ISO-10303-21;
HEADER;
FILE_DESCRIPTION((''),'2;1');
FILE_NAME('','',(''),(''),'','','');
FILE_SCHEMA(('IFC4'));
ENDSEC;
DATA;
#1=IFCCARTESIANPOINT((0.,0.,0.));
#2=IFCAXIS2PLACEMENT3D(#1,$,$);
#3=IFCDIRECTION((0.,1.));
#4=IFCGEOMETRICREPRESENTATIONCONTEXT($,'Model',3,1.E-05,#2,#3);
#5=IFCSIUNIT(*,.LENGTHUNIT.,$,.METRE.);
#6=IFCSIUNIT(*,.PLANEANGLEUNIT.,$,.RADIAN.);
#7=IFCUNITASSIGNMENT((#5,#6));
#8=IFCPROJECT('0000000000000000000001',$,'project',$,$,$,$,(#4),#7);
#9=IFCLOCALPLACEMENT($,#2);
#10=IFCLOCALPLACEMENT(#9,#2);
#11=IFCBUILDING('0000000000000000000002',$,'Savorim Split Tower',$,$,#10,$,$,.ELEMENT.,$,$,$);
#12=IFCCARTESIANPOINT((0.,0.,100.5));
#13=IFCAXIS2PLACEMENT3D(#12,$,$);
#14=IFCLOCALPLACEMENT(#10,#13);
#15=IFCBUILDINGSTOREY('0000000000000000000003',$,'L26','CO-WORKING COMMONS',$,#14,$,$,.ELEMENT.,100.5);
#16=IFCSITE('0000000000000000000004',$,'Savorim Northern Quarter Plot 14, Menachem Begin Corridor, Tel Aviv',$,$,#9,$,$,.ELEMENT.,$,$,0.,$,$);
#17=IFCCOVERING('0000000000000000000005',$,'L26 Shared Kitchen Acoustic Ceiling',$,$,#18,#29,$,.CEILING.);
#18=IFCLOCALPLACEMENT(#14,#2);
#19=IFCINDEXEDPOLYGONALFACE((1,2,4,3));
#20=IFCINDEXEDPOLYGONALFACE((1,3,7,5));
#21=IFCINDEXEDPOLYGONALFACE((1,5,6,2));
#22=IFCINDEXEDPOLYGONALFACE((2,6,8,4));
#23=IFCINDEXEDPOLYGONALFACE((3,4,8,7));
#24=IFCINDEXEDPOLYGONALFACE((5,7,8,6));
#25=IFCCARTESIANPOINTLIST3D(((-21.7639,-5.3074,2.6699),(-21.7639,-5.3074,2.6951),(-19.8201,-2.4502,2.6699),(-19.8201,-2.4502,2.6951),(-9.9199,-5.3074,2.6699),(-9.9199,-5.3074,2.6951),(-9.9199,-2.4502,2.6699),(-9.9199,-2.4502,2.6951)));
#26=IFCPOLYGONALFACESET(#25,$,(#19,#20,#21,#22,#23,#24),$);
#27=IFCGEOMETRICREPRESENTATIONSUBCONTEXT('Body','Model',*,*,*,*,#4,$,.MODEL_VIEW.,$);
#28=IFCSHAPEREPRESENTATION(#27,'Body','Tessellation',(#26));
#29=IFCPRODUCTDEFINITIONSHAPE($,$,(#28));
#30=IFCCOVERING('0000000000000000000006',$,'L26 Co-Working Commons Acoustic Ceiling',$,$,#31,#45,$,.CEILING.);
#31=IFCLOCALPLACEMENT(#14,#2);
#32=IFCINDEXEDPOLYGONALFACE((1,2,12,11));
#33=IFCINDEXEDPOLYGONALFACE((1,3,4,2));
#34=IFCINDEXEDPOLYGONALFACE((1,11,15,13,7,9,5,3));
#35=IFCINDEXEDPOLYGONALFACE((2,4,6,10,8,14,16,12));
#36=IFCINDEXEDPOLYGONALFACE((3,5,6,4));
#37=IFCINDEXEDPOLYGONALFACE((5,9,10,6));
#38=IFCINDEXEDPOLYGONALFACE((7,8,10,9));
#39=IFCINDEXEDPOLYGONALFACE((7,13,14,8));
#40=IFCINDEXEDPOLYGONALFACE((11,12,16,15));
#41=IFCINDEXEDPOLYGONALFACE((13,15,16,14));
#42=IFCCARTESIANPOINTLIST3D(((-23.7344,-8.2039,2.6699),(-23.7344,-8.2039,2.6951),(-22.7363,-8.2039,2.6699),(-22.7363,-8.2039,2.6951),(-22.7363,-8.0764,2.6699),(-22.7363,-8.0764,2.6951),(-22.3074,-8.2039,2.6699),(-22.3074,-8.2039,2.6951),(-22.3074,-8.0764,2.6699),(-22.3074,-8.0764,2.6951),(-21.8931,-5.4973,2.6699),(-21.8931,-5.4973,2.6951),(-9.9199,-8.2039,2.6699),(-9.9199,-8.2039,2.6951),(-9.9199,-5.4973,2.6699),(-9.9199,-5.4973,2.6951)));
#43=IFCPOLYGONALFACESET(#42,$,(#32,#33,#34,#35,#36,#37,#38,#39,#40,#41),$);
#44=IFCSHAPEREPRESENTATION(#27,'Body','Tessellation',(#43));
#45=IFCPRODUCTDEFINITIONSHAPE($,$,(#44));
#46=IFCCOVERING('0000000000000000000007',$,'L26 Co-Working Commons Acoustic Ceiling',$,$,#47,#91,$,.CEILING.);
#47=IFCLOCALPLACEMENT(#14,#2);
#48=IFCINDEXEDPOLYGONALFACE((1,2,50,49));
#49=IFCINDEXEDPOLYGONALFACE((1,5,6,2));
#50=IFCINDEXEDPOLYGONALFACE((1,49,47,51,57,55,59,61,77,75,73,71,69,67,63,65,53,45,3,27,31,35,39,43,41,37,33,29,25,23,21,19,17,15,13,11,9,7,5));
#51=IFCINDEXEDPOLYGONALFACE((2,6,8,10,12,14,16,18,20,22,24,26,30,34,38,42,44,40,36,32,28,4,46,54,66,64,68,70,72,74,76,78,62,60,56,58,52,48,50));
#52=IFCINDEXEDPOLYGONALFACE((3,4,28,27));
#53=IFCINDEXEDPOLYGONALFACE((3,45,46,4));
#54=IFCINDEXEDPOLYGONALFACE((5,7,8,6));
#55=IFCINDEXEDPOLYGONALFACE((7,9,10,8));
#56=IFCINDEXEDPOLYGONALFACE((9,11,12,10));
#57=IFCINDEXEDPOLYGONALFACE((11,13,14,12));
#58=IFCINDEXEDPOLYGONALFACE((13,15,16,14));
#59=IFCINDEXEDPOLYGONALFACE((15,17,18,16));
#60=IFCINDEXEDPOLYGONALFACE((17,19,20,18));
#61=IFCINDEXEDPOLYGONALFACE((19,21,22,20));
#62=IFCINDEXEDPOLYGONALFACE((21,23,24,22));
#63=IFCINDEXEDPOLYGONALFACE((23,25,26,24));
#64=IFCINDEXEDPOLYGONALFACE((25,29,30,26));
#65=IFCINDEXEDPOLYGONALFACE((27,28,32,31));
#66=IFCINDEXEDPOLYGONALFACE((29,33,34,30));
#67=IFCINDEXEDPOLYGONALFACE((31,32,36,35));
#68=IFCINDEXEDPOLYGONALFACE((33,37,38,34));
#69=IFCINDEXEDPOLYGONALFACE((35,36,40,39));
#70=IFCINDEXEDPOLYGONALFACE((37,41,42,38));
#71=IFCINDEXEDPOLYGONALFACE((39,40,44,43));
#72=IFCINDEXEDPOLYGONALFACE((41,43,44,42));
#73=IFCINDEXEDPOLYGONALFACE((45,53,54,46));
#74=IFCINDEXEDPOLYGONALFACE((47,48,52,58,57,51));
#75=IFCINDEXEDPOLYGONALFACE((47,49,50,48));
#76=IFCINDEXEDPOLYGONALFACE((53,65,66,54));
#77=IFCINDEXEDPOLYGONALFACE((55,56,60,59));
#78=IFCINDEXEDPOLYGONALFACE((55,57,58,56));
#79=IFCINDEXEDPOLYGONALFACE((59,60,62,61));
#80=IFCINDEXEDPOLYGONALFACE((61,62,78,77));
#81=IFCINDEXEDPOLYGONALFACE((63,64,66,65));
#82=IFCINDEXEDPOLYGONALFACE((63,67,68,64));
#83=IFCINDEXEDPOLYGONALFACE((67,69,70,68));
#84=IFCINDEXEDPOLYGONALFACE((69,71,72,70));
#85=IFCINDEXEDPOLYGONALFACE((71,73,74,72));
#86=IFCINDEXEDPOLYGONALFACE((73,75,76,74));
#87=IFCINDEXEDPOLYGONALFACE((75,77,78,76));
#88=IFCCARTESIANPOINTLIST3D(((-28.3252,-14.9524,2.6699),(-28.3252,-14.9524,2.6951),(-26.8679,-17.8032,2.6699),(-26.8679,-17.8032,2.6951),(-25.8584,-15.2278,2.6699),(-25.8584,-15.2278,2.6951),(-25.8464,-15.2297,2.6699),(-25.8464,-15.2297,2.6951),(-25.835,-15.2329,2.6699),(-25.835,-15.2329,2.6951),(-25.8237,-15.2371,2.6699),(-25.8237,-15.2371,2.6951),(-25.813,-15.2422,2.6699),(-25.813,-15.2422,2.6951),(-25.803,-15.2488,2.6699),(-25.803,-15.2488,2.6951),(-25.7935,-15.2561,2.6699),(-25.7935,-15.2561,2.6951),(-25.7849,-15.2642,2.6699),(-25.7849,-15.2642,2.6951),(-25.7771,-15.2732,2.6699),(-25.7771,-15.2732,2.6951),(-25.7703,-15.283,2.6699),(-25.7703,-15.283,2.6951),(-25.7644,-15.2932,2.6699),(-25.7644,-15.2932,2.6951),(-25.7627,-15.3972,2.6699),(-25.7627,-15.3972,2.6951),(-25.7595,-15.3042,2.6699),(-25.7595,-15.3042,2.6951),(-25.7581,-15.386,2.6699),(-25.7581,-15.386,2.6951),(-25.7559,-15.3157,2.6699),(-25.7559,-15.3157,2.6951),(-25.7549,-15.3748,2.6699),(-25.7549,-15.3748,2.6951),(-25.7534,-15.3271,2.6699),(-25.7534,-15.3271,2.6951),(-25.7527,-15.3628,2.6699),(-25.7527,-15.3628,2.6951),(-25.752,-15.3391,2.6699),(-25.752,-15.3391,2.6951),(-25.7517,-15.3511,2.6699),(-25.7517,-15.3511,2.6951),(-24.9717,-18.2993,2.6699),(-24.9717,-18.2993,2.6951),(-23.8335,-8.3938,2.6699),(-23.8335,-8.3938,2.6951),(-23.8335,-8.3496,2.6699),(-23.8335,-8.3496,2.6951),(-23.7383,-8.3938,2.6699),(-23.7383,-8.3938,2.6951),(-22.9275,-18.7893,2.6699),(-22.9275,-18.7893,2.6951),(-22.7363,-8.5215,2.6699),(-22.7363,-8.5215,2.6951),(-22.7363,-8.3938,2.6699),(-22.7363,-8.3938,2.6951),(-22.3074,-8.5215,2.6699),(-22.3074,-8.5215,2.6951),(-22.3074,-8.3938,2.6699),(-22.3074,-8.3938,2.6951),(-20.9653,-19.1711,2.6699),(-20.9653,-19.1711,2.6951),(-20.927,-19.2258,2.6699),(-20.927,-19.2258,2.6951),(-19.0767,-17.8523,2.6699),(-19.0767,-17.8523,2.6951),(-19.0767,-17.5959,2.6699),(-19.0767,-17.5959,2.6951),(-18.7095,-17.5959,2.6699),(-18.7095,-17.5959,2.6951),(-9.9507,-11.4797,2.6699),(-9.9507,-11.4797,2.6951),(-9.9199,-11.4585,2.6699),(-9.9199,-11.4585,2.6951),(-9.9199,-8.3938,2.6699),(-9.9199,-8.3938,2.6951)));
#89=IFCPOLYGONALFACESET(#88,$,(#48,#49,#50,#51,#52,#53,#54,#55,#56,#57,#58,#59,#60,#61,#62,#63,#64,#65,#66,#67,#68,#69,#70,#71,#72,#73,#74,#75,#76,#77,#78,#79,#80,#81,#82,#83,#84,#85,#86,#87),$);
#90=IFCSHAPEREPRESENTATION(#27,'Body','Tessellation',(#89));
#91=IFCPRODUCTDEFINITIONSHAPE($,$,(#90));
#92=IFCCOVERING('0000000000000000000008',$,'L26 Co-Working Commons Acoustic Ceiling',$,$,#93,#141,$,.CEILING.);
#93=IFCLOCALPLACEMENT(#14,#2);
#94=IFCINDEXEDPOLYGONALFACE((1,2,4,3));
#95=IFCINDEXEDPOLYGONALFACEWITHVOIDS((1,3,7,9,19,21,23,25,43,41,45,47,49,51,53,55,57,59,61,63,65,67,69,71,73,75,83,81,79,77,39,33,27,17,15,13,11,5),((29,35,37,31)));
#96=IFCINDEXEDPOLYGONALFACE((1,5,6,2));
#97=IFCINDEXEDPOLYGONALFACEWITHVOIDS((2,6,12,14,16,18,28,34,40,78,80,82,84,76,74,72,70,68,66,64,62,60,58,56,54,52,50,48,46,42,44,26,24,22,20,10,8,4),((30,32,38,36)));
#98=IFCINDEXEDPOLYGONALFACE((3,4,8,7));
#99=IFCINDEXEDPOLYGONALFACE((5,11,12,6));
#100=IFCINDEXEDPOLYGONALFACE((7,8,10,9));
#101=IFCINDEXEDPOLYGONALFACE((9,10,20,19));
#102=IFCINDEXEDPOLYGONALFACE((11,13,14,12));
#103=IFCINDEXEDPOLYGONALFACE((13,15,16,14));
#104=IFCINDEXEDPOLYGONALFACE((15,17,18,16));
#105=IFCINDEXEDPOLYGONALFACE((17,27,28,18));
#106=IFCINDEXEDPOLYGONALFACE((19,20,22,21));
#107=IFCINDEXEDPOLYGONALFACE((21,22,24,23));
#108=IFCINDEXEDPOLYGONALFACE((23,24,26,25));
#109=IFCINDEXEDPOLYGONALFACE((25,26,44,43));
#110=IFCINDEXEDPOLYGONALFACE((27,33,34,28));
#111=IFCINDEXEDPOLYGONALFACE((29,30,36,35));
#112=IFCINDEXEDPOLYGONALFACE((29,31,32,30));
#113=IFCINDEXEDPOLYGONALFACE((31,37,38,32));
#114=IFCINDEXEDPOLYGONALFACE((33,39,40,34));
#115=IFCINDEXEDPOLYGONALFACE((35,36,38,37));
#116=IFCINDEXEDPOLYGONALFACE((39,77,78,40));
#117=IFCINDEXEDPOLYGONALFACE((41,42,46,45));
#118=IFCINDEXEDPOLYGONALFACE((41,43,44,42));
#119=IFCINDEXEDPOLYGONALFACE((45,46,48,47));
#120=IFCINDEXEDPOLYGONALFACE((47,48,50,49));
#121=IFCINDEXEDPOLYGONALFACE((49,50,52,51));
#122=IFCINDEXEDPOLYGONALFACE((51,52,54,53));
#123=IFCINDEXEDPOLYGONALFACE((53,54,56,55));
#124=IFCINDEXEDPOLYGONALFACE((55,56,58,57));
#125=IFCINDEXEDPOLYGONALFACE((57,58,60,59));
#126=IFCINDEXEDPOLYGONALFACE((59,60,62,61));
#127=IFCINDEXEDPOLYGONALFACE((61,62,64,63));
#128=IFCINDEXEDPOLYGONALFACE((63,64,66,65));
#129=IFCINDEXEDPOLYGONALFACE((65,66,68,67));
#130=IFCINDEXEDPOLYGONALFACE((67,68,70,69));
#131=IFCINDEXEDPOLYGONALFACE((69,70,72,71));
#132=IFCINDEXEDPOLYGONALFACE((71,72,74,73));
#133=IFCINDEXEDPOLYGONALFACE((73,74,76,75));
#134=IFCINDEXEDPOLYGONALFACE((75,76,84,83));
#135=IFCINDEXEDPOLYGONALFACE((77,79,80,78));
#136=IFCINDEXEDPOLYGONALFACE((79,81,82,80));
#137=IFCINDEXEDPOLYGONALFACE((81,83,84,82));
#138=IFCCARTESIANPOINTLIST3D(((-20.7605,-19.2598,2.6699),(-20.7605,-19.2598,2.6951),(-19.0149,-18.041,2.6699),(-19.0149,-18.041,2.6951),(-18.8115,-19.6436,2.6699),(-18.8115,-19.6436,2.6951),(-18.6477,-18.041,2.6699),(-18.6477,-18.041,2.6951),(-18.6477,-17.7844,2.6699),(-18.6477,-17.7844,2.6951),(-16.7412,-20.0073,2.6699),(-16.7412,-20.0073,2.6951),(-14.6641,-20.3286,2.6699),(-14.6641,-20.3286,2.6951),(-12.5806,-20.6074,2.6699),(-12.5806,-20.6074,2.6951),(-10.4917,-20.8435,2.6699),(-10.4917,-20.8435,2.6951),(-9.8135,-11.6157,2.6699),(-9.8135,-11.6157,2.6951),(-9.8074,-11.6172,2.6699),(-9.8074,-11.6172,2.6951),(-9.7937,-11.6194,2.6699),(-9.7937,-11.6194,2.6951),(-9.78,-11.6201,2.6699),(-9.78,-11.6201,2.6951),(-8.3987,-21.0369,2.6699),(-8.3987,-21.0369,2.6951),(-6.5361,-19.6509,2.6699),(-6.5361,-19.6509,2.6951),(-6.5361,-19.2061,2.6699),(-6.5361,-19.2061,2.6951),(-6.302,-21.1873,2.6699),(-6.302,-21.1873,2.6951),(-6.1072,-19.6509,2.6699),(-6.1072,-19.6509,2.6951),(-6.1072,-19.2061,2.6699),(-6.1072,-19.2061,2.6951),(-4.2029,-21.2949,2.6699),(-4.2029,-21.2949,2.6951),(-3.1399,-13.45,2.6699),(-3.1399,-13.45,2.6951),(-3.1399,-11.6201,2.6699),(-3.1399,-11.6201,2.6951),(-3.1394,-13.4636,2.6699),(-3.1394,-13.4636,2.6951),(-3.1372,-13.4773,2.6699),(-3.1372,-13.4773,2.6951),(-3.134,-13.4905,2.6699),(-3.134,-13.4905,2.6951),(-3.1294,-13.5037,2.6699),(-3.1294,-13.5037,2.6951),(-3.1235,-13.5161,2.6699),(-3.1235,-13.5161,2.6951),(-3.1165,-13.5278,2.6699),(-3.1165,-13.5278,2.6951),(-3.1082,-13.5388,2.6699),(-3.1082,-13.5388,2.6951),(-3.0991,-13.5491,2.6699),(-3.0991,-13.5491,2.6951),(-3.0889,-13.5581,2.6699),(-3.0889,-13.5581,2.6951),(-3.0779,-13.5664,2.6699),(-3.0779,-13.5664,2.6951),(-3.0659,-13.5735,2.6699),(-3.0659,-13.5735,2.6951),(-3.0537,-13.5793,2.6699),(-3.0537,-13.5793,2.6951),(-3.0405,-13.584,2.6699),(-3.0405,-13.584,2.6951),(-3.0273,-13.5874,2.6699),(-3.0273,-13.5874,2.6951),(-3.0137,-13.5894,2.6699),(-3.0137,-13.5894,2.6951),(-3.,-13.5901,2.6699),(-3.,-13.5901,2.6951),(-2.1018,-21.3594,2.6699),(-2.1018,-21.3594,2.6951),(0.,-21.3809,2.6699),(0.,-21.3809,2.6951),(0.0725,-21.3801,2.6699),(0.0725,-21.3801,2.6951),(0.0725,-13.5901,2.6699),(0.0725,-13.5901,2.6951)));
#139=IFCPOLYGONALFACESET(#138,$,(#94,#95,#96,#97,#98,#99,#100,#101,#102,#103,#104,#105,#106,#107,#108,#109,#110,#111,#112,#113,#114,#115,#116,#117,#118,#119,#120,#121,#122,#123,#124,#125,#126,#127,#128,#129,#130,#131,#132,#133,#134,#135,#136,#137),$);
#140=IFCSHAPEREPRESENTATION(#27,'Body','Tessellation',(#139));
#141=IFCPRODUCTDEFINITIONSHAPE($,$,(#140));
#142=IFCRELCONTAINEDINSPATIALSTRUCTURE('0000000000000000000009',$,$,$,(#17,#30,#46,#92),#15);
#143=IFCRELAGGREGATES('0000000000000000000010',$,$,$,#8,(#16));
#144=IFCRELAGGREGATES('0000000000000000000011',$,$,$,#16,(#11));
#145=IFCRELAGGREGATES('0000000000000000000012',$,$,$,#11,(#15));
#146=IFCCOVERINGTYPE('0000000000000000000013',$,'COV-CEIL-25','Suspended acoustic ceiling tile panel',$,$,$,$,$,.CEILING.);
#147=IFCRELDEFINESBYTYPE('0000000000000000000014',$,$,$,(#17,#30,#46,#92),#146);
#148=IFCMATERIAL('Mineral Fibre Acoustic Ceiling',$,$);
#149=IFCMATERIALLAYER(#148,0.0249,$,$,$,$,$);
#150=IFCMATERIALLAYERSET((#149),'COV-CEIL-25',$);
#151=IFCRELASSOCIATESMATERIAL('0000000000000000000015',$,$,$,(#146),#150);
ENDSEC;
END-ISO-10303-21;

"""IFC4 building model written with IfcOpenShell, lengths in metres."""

from ifc_helpers import new_model, si_unit, direction, frame, origin, place, context, subcontext, project, spatial, polyline, outline, extrude, material, layer, layer_set, type_object, element, save


model = new_model("IFC4")

# Units and contexts
model_context = context("Model", 3, precision=1e-05, world=origin(), true_north=direction((0.0, 1.0)))
body_context = subcontext(model_context, "Body", "Model", "MODEL_VIEW")
ifc_project = project(units=[si_unit("LENGTHUNIT", "METRE"), si_unit("PLANEANGLEUNIT", "RADIAN")], contexts=[model_context])

# Site, building, storey
site_placement = place(None, origin())
site = spatial("IfcSite", under=ifc_project, at=site_placement, Name="Savorim Northern Quarter Plot 14, Menachem Begin Corridor, Tel Aviv", CompositionType="ELEMENT", RefElevation=0.0)
building_placement = place(site_placement, origin())
building = spatial("IfcBuilding", under=site, at=building_placement, Name="Savorim Split Tower", CompositionType="ELEMENT")
storey_placement = place(building_placement, frame((0.0, 0.0, 100.5)))
storey = spatial("IfcBuildingStorey", under=building, at=storey_placement, Name="L26", Description="CO-WORKING COMMONS", CompositionType="ELEMENT", Elevation=100.5)

# Coverings
ifc_material_1 = material(Name="Mineral Fibre Acoustic Ceiling")
ifc_layer_1 = layer(ifc_material_1, 0.0249)
ifc_layer_set_1 = layer_set([ifc_layer_1], Name="COV-CEIL-25")
covering_type_1 = type_object("IfcCoveringType", Name="COV-CEIL-25", Description="Suspended acoustic ceiling tile panel", PredefinedType="CEILING", material=ifc_layer_set_1)
covering_1_placement = place(storey_placement, frame((0.0, 0.0, 2.6699)))
element("IfcCovering", 1, at=covering_1_placement, inside=storey, type_object=covering_type_1, Name="L26 Shared Kitchen Acoustic Ceiling", PredefinedType="CEILING", context=body_context, shape_type="SweptSolid", body=[
    extrude(outline(polyline([(-19.8201, -2.4502), (-21.7639, -5.3074), (-9.9199, -5.3074), (-9.9199, -2.4502), (-19.8201, -2.4502)])), origin(), (0.0, 0.0, 1.0), 0.0251),
])
covering_2_placement = place(storey_placement, frame((0.0, 0.0, 2.6699)))
element("IfcCovering", 2, at=covering_2_placement, inside=storey, type_object=covering_type_1, Name="L26 Co-Working Commons Acoustic Ceiling", PredefinedType="CEILING", context=body_context, shape_type="SweptSolid", body=[
    extrude(outline(polyline([(-22.3074, -8.0764), (-22.3074, -8.2039), (-9.9199, -8.2039), (-9.9199, -5.4973), (-21.8931, -5.4973), (-23.7344, -8.2039), (-22.7363, -8.2039), (-22.7363, -8.0764), (-22.3074, -8.0764)])), origin(), (0.0, 0.0, 1.0), 0.0251),
])
covering_3_placement = place(storey_placement, frame((0.0, 0.0, 2.6699)))
element("IfcCovering", 3, at=covering_3_placement, inside=storey, type_object=covering_type_1, Name="L26 Co-Working Commons Acoustic Ceiling", PredefinedType="CEILING", context=body_context, shape_type="SweptSolid", body=[
    extrude(outline(polyline([(-25.7517, -15.3511), (-25.7527, -15.3628), (-25.7549, -15.3748), (-25.7581, -15.386), (-25.7627, -15.3972), (-26.8679, -17.8032), (-24.9717, -18.2993), (-22.9275, -18.7893), (-20.927, -19.2258), (-20.9653, -19.1711), (-19.0767, -17.8523), (-19.0767, -17.5959), (-18.7095, -17.5959), (-9.9507, -11.4797), (-9.9199, -11.4585), (-9.9199, -8.3938), (-22.3074, -8.3938), (-22.3074, -8.5215), (-22.7363, -8.5215), (-22.7363, -8.3938), (-23.7383, -8.3938), (-23.8335, -8.3938), (-23.8335, -8.3496), (-28.3252, -14.9524), (-25.8584, -15.2278), (-25.8464, -15.2297), (-25.835, -15.2329), (-25.8237, -15.2371), (-25.813, -15.2422), (-25.803, -15.2488), (-25.7935, -15.2561), (-25.7849, -15.2642), (-25.7771, -15.2732), (-25.7703, -15.283), (-25.7644, -15.2932), (-25.7595, -15.3042), (-25.7559, -15.3157), (-25.7534, -15.3271), (-25.752, -15.3391), (-25.7517, -15.3511)])), origin(), (0.0, 0.0, 1.0), 0.0251),
])
covering_4_placement = place(storey_placement, frame((0.0, 0.0, 2.6699)))
element("IfcCovering", 4, at=covering_4_placement, inside=storey, type_object=covering_type_1, Name="L26 Co-Working Commons Acoustic Ceiling", PredefinedType="CEILING", context=body_context, shape_type="SweptSolid", body=[
    extrude(outline(polyline([(-4.2029, -21.2949), (-2.1018, -21.3594), (0.0, -21.3809), (0.0725, -21.3801), (0.0725, -13.5901), (-3.0, -13.5901), (-3.0137, -13.5894), (-3.0273, -13.5874), (-3.0405, -13.584), (-3.0537, -13.5793), (-3.0659, -13.5735), (-3.0779, -13.5664), (-3.0889, -13.5581), (-3.0991, -13.5491), (-3.1082, -13.5388), (-3.1165, -13.5278), (-3.1235, -13.5161), (-3.1294, -13.5037), (-3.134, -13.4905), (-3.1372, -13.4773), (-3.1394, -13.4636), (-3.1399, -13.45), (-3.1399, -11.6201), (-9.78, -11.6201), (-9.7937, -11.6194), (-9.8074, -11.6172), (-9.8135, -11.6157), (-18.6477, -17.7844), (-18.6477, -18.041), (-19.0149, -18.041), (-20.7605, -19.2598), (-18.8115, -19.6436), (-16.7412, -20.0073), (-14.6641, -20.3286), (-12.5806, -20.6074), (-10.4917, -20.8435), (-8.3987, -21.0369), (-6.302, -21.1873), (-4.2029, -21.2949)]), holes=[polyline([(-6.5361, -19.6509), (-6.1072, -19.6509), (-6.1072, -19.2061), (-6.5361, -19.2061), (-6.5361, -19.6509)])]), origin(), (0.0, 0.0, 1.0), 0.0251),
])

save(model, "model.ifc")
